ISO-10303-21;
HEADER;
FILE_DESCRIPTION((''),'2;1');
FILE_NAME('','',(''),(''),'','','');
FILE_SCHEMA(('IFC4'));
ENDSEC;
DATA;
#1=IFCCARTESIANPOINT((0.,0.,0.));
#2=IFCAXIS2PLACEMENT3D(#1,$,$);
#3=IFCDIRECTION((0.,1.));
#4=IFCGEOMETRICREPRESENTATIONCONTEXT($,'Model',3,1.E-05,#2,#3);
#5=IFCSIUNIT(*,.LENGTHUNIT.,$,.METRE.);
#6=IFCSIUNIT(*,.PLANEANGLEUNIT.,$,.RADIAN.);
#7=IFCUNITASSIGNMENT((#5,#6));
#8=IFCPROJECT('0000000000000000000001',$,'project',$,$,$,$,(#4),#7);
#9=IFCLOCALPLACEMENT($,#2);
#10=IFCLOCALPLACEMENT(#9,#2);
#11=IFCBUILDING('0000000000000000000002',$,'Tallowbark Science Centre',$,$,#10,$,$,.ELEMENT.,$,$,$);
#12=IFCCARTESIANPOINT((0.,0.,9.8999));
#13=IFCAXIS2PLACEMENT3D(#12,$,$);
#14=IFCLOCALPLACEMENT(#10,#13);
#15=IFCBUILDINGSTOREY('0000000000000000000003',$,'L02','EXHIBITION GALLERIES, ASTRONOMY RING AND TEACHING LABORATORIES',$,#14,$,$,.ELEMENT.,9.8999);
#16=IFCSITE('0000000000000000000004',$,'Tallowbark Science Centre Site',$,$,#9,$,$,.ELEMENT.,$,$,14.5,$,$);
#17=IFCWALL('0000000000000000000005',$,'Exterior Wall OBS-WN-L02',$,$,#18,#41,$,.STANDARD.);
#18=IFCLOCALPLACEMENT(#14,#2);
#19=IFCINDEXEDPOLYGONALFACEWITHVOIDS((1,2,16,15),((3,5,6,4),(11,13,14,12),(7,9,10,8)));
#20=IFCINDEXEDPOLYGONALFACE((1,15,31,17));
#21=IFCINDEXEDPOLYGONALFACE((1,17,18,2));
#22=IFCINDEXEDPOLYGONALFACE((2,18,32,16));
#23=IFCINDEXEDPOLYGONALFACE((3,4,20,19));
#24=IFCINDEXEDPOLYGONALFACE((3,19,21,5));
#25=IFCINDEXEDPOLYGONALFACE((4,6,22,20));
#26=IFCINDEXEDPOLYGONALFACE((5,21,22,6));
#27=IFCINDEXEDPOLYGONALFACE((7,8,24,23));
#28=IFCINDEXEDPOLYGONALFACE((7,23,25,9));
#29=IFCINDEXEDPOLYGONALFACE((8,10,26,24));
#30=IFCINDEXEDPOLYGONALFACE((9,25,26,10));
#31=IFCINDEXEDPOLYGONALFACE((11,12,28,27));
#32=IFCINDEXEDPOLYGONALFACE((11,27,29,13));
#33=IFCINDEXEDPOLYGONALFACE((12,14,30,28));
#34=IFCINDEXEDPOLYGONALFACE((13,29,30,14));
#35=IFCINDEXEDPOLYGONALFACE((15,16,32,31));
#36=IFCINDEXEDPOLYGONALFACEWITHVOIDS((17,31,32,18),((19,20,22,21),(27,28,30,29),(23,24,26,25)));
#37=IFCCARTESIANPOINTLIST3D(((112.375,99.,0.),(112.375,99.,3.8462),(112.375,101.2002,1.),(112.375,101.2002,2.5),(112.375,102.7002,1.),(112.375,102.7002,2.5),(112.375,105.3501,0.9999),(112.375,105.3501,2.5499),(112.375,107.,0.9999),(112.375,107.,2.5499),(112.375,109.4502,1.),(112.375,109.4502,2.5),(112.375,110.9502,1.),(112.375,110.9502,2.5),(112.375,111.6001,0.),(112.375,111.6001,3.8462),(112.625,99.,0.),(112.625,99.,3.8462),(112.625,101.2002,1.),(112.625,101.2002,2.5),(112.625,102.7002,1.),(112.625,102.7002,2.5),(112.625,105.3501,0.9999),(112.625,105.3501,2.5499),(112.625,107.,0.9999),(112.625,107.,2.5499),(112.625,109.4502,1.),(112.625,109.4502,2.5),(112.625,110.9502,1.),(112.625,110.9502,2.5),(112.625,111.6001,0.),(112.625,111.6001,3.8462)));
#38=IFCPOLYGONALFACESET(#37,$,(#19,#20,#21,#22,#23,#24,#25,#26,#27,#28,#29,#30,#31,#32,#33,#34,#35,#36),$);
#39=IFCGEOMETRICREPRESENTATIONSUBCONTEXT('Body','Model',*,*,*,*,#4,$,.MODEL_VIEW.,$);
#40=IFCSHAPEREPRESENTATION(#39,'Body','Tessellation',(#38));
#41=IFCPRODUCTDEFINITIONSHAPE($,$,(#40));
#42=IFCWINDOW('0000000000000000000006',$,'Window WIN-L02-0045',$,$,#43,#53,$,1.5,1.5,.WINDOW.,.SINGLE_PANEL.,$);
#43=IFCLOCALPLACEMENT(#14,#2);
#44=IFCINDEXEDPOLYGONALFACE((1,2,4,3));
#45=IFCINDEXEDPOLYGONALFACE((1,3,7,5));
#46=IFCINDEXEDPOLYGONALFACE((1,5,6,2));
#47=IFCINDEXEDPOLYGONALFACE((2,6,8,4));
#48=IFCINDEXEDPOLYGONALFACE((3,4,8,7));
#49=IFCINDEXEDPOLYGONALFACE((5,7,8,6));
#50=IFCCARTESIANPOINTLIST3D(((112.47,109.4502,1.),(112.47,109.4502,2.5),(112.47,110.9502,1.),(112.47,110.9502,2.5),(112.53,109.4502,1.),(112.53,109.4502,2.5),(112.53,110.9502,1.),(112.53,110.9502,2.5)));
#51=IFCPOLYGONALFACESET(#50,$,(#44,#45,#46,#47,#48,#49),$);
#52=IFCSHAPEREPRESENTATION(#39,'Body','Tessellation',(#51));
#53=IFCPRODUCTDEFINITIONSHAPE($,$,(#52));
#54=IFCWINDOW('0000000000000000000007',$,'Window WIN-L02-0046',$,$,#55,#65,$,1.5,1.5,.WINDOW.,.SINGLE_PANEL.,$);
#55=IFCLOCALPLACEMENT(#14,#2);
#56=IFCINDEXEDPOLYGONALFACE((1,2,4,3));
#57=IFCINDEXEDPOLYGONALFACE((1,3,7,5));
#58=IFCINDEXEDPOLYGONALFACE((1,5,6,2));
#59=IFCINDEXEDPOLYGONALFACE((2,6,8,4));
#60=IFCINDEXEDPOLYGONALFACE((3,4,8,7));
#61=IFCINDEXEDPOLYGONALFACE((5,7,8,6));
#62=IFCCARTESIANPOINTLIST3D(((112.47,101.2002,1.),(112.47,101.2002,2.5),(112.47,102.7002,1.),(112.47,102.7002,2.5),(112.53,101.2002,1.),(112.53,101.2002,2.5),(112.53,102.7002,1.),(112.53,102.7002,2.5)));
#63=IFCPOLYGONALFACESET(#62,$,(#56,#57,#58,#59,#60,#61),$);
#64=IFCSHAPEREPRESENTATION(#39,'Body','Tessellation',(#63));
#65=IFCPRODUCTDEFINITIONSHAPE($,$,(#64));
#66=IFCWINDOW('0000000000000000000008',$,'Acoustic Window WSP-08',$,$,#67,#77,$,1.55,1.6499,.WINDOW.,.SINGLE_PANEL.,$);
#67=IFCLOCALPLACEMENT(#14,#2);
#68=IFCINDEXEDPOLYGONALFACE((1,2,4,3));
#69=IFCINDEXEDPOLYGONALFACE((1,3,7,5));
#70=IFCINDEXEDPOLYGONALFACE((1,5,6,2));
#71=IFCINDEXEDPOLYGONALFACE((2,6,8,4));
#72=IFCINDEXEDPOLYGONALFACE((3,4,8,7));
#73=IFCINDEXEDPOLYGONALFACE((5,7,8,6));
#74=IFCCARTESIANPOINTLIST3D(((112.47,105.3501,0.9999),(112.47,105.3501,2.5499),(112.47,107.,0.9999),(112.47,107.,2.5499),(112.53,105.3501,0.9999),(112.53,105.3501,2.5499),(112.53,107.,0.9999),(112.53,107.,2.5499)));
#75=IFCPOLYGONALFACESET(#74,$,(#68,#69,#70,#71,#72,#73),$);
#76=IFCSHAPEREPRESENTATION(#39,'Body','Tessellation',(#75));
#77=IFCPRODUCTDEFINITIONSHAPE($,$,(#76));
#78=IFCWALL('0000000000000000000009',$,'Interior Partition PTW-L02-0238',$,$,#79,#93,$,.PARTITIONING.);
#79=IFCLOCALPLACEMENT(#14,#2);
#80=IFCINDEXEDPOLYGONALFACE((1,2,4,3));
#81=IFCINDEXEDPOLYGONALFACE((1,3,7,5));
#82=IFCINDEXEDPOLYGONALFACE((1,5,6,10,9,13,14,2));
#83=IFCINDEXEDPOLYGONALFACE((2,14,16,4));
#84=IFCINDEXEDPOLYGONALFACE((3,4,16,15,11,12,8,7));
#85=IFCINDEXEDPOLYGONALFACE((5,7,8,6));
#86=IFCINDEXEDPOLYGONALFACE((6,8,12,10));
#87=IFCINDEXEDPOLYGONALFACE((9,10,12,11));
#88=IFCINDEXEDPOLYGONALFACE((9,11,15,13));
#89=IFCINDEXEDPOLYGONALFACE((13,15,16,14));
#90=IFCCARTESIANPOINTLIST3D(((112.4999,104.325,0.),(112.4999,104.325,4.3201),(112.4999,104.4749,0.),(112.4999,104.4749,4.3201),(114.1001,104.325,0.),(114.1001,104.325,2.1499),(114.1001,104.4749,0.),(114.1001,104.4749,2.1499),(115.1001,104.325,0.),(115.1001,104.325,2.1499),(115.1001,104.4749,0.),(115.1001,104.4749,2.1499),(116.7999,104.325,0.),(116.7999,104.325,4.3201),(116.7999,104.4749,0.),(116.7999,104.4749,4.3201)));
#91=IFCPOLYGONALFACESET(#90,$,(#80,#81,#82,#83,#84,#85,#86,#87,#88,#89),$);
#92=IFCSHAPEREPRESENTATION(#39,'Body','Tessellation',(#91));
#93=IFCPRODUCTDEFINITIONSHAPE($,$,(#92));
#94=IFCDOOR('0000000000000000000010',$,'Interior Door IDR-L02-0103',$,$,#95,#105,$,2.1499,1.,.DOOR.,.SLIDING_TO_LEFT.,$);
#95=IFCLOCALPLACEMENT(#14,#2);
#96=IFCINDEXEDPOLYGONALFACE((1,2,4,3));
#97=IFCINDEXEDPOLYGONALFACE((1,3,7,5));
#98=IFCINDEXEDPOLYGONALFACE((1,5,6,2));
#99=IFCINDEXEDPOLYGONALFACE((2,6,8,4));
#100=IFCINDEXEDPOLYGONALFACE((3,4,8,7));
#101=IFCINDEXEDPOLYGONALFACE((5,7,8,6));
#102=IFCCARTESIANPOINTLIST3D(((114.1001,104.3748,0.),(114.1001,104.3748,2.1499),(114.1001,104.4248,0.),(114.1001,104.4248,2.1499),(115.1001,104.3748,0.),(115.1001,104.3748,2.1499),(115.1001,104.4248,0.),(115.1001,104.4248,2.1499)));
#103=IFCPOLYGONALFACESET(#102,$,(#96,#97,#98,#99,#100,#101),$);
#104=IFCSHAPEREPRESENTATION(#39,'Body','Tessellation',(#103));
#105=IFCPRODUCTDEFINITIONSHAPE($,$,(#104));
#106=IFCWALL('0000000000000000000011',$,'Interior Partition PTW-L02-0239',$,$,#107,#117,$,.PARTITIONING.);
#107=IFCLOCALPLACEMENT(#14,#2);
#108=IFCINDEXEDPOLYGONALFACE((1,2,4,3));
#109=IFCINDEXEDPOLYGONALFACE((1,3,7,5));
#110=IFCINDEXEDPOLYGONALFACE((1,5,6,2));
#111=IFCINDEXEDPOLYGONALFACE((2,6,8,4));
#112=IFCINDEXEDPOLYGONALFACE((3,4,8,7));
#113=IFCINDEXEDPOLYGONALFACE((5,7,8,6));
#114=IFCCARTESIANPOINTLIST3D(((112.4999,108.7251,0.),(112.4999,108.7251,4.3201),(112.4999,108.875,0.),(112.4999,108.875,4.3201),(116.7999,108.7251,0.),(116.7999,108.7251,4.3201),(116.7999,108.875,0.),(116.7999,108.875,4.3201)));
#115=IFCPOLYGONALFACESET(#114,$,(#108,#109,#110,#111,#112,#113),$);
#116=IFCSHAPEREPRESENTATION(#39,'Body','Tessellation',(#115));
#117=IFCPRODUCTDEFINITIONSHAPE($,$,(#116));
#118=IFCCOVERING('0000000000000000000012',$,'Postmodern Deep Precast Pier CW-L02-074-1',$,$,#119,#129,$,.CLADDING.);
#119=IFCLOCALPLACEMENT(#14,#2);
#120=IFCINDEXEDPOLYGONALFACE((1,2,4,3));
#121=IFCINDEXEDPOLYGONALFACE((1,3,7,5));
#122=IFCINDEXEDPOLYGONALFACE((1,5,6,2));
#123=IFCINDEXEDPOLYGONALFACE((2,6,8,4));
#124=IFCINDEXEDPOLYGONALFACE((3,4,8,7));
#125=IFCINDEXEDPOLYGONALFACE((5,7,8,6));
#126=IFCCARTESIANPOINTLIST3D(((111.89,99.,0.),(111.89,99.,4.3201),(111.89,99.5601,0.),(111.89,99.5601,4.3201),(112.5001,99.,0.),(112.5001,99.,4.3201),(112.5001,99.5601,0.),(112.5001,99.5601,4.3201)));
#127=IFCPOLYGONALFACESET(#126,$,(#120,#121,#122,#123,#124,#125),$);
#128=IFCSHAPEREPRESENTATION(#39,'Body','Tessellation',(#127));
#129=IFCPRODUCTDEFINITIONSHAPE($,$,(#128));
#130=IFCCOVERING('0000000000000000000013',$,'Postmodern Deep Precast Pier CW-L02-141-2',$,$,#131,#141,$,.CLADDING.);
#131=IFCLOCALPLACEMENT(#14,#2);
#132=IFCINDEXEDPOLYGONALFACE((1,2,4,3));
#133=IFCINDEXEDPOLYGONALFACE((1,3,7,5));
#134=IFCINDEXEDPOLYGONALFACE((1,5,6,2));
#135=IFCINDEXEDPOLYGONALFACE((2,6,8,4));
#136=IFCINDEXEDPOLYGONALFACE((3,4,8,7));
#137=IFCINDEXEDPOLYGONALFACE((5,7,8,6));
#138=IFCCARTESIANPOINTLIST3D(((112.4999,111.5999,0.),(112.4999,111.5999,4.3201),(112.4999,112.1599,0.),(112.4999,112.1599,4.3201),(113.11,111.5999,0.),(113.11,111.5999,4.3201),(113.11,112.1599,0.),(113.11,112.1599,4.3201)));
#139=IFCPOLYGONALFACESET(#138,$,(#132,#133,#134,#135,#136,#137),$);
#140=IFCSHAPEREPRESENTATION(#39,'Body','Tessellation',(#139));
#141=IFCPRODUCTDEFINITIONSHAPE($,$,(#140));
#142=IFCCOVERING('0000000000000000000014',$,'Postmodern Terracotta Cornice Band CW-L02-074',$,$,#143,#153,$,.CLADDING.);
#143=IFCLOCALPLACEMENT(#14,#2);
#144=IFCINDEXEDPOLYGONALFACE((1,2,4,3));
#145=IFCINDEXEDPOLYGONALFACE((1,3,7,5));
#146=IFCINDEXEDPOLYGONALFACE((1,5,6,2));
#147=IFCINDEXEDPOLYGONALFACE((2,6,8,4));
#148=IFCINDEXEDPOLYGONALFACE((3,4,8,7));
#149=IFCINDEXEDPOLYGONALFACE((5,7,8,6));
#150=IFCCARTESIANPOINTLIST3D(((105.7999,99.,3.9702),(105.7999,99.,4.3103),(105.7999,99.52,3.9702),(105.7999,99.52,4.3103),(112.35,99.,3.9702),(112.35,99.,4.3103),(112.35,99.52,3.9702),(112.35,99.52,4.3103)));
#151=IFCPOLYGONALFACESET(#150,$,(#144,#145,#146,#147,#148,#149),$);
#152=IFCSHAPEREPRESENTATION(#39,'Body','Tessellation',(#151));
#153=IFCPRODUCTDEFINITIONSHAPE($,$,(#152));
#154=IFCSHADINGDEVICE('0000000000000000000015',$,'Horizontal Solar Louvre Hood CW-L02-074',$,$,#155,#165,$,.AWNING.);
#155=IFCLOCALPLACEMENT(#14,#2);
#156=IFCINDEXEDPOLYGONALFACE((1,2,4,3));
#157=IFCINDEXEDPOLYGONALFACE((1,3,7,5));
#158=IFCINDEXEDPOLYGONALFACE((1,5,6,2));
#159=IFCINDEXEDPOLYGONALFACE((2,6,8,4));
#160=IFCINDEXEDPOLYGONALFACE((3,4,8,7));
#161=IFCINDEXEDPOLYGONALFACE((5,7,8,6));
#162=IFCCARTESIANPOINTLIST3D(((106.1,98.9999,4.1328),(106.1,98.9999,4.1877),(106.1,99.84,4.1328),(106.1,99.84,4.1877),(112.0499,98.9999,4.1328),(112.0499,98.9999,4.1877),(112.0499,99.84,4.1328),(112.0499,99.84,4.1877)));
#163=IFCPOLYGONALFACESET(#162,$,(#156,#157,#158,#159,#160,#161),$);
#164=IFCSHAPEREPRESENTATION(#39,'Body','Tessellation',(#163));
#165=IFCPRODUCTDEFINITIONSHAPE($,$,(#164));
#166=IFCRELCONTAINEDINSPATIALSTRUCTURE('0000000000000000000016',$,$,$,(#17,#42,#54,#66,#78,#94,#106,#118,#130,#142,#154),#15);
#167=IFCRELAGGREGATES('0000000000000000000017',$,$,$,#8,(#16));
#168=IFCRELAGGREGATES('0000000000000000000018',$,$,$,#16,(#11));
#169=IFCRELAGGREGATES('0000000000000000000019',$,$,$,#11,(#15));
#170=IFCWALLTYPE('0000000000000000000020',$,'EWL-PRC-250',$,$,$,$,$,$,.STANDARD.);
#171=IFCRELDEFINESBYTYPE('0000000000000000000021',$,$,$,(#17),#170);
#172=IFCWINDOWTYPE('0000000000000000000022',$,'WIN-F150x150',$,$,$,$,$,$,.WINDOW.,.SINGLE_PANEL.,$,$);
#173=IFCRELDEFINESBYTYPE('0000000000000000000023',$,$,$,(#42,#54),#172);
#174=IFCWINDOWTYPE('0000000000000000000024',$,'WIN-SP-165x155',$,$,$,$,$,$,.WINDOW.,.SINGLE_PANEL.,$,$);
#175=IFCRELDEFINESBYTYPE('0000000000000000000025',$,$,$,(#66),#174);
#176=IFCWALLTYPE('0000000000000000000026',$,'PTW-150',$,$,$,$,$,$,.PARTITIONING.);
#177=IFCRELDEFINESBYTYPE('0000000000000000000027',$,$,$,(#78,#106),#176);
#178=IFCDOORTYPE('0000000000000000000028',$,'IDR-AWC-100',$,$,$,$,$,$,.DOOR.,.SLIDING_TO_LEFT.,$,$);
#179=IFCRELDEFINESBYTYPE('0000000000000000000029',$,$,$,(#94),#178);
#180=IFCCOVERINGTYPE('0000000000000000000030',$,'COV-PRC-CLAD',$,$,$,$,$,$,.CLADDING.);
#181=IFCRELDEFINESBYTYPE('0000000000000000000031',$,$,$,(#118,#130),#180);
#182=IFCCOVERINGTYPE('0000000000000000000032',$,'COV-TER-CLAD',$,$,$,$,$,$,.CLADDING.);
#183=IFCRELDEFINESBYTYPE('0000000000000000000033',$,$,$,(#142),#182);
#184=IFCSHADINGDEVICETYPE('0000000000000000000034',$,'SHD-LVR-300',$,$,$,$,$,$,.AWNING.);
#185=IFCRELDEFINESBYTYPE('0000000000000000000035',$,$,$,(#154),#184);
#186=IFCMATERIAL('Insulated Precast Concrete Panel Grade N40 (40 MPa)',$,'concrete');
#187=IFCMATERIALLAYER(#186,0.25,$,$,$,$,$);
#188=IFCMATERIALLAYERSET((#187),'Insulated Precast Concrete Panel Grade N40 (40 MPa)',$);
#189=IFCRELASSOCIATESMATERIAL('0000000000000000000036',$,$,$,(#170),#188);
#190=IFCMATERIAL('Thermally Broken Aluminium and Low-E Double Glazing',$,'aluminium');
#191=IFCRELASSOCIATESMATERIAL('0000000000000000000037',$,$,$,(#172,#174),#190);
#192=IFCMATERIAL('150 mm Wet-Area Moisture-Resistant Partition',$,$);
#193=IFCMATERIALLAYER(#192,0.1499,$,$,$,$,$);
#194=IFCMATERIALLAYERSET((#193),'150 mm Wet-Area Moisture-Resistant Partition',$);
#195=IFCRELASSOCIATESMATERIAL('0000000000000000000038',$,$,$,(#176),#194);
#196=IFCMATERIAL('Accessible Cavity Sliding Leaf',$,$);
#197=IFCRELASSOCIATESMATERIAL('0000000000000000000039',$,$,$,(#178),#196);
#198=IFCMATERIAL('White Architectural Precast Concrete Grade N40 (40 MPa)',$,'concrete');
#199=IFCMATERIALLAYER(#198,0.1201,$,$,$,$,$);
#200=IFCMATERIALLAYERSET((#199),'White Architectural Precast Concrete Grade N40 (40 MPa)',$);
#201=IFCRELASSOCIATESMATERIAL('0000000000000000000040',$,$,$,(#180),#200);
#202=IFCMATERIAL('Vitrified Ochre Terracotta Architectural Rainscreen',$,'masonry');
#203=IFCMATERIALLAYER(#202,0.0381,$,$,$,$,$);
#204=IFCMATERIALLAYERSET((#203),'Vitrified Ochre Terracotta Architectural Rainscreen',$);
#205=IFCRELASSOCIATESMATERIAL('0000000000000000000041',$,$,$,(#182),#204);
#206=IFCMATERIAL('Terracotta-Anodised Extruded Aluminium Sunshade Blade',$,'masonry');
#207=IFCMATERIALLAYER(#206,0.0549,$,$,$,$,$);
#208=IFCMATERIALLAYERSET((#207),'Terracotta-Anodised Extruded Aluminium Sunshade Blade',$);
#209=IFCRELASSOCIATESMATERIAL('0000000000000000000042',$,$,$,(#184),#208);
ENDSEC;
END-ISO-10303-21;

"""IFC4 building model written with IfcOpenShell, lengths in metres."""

from ifc_helpers import new_model, si_unit, direction, frame, frame_2d, origin, origin_2d, place, context, subcontext, project, spatial, rectangle, extrude, material, layer, layer_set, type_object, element, fill, save


model = new_model("IFC4")

# Units and contexts
model_context = context("Model", 3, precision=1e-05, world=origin(), true_north=direction((0.0, 1.0)))
body_context = subcontext(model_context, "Body", "Model", "MODEL_VIEW")
ifc_project = project(units=[si_unit("LENGTHUNIT", "METRE"), si_unit("PLANEANGLEUNIT", "RADIAN")], contexts=[model_context])

# Site, building, storey
site_placement = place(None, origin())
site = spatial("IfcSite", under=ifc_project, at=site_placement, Name="Tallowbark Science Centre Site", CompositionType="ELEMENT", RefElevation=14.5)
building_placement = place(site_placement, origin())
building = spatial("IfcBuilding", under=site, at=building_placement, Name="Tallowbark Science Centre", CompositionType="ELEMENT")
storey_placement = place(building_placement, frame((0.0, 0.0, 9.8999)))
storey = spatial("IfcBuildingStorey", under=building, at=storey_placement, Name="L02", Description="EXHIBITION GALLERIES, ASTRONOMY RING AND TEACHING LABORATORIES", CompositionType="ELEMENT", Elevation=9.8999)

# Wall, openings, windows
ifc_material_1 = material(Name="Insulated Precast Concrete Panel Grade N40 (40 MPa)", Category="concrete")
ifc_layer_1 = layer(ifc_material_1, 0.25)
ifc_layer_set_1 = layer_set([ifc_layer_1], Name="Insulated Precast Concrete Panel Grade N40 (40 MPa)")
wall_type_1 = type_object("IfcWallType", Name="EWL-PRC-250", PredefinedType="STANDARD", material=ifc_layer_set_1)
wall_1_placement = place(storey_placement, frame((112.5, 111.6001, 0.0), z_axis=(0.0, 0.0, 1.0), x_axis=(0.0, -1.0, 0.0)))
wall_1 = element("IfcWall", 1, at=wall_1_placement, inside=storey, type_object=wall_type_1, Name="Exterior Wall OBS-WN-L02", PredefinedType="STANDARD", context=body_context, shape_type="SweptSolid", body=[
    extrude(rectangle(XDim=12.6001, YDim=0.25, at=frame_2d((6.3, 0.0))), origin(), (0.0, 0.0, 1.0), 3.8462),
])
opening_1_placement = place(wall_1_placement, frame((0.6499, 0.0, 1.0)))
opening_1 = element("IfcOpeningElement", 2, at=opening_1_placement, cuts=wall_1, PredefinedType="OPENING", context=body_context, shape_type="SweptSolid", body=[
    extrude(rectangle(XDim=1.5, YDim=1.5, at=frame_2d((0.75, 0.75))), frame((0.0, 0.135, 0.0), z_axis=(0.0, -1.0, 0.0), x_axis=(1.0, 0.0, 0.0)), (0.0, 0.0, 1.0), 0.27),
])
opening_2_placement = place(wall_1_placement, frame((8.8999, 0.0, 1.0)))
opening_2 = element("IfcOpeningElement", 3, at=opening_2_placement, cuts=wall_1, PredefinedType="OPENING", context=body_context, shape_type="SweptSolid", body=[
    extrude(rectangle(XDim=1.5, YDim=1.5, at=frame_2d((0.75, 0.75))), frame((0.0, 0.135, 0.0), z_axis=(0.0, -1.0, 0.0), x_axis=(1.0, 0.0, 0.0)), (0.0, 0.0, 1.0), 0.27),
])
opening_3_placement = place(wall_1_placement, frame((4.6001, 0.0, 1.0)))
opening_3 = element("IfcOpeningElement", 4, at=opening_3_placement, cuts=wall_1, PredefinedType="OPENING", context=body_context, shape_type="SweptSolid", body=[
    extrude(rectangle(XDim=1.6499, YDim=1.55, at=frame_2d((0.825, 0.7749))), frame((0.0, 0.135, 0.0), z_axis=(0.0, -1.0, 0.0), x_axis=(1.0, 0.0, 0.0)), (0.0, 0.0, 1.0), 0.27),
])
ifc_material_2 = material(Name="Thermally Broken Aluminium and Low-E Double Glazing", Category="aluminium")
window_type_1 = type_object("IfcWindowType", Name="WIN-F150x150", PartitioningType="SINGLE_PANEL", PredefinedType="WINDOW", material=ifc_material_2)
window_1_placement = place(opening_1_placement, origin())
window_1 = element("IfcWindow", 5, at=window_1_placement, inside=storey, type_object=window_type_1, Name="Window WIN-L02-0045", OverallHeight=1.5, OverallWidth=1.5, PartitioningType="SINGLE_PANEL", PredefinedType="WINDOW", context=body_context, shape_type="SweptSolid", body=[
    extrude(rectangle(XDim=1.5, YDim=1.5, at=frame_2d((0.75, 0.75))), frame((0.0, 0.03, 0.0), z_axis=(0.0, -1.0, 0.0), x_axis=(1.0, 0.0, 0.0)), (0.0, 0.0, 1.0), 0.0601),
])
fill(opening_1, window_1)
window_2_placement = place(opening_2_placement, origin())
window_2 = element("IfcWindow", 6, at=window_2_placement, inside=storey, type_object=window_type_1, Name="Window WIN-L02-0046", OverallHeight=1.5, OverallWidth=1.5, PartitioningType="SINGLE_PANEL", PredefinedType="WINDOW", context=body_context, shape_type="SweptSolid", body=[
    extrude(rectangle(XDim=1.5, YDim=1.5, at=frame_2d((0.75, 0.75))), frame((0.0, 0.03, 0.0), z_axis=(0.0, -1.0, 0.0), x_axis=(1.0, 0.0, 0.0)), (0.0, 0.0, 1.0), 0.0601),
])
fill(opening_2, window_2)
window_type_2 = type_object("IfcWindowType", Name="WIN-SP-165x155", PartitioningType="SINGLE_PANEL", PredefinedType="WINDOW", material=ifc_material_2)
window_3_placement = place(opening_3_placement, origin())
window_3 = element("IfcWindow", 7, at=window_3_placement, inside=storey, type_object=window_type_2, Name="Acoustic Window WSP-08", OverallHeight=1.55, OverallWidth=1.6499, PartitioningType="SINGLE_PANEL", PredefinedType="WINDOW", context=body_context, shape_type="SweptSolid", body=[
    extrude(rectangle(XDim=1.6499, YDim=1.55, at=frame_2d((0.825, 0.7749))), frame((0.0, 0.03, 0.0), z_axis=(0.0, -1.0, 0.0), x_axis=(1.0, 0.0, 0.0)), (0.0, 0.0, 1.0), 0.0601),
])
fill(opening_3, window_3)

# Wall, opening, door
ifc_material_3 = material(Name="150 mm Wet-Area Moisture-Resistant Partition")
ifc_layer_2 = layer(ifc_material_3, 0.1499)
ifc_layer_set_2 = layer_set([ifc_layer_2], Name="150 mm Wet-Area Moisture-Resistant Partition")
wall_type_2 = type_object("IfcWallType", Name="PTW-150", PredefinedType="PARTITIONING", material=ifc_layer_set_2)
wall_2_placement = place(storey_placement, frame((112.5, 104.3999, 0.0), z_axis=(0.0, 0.0, 1.0), x_axis=(1.0, 0.0, 0.0)))
wall_2 = element("IfcWall", 8, at=wall_2_placement, inside=storey, type_object=wall_type_2, Name="Interior Partition PTW-L02-0238", PredefinedType="PARTITIONING", context=body_context, shape_type="SweptSolid", body=[
    extrude(rectangle(XDim=4.3, YDim=0.1499, at=frame_2d((2.1499, 0.0))), origin(), (0.0, 0.0, 1.0), 4.3201),
])
opening_4_placement = place(wall_2_placement, frame((1.6001, 0.0, 0.0)))
opening_4 = element("IfcOpeningElement", 9, at=opening_4_placement, cuts=wall_2, PredefinedType="OPENING", context=body_context, shape_type="SweptSolid", body=[
    extrude(rectangle(XDim=1.0, YDim=2.1499, at=frame_2d((0.5, 1.075))), frame((0.0, 0.085, 0.0), z_axis=(0.0, -1.0, 0.0), x_axis=(1.0, 0.0, 0.0)), (0.0, 0.0, 1.0), 0.1699),
])
ifc_material_4 = material(Name="Accessible Cavity Sliding Leaf")
door_type = type_object("IfcDoorType", Name="IDR-AWC-100", OperationType="SLIDING_TO_LEFT", PredefinedType="DOOR", material=ifc_material_4)
door_placement = place(opening_4_placement, origin())
door = element("IfcDoor", 10, at=door_placement, inside=storey, type_object=door_type, Name="Interior Door IDR-L02-0103", OperationType="SLIDING_TO_LEFT", OverallHeight=2.1499, OverallWidth=1.0, PredefinedType="DOOR", context=body_context, shape_type="SweptSolid", body=[
    extrude(rectangle(XDim=1.0, YDim=2.1499, at=frame_2d((0.5, 1.075))), frame((0.0, 0.0249, 0.0), z_axis=(0.0, -1.0, 0.0), x_axis=(1.0, 0.0, 0.0)), (0.0, 0.0, 1.0), 0.05),
])
fill(opening_4, door)

# Wall
wall_3_placement = place(storey_placement, frame((112.5, 108.8, 0.0), z_axis=(0.0, 0.0, 1.0), x_axis=(1.0, 0.0, 0.0)))
element("IfcWall", 11, at=wall_3_placement, inside=storey, type_object=wall_type_2, Name="Interior Partition PTW-L02-0239", PredefinedType="PARTITIONING", context=body_context, shape_type="SweptSolid", body=[
    extrude(rectangle(XDim=4.3, YDim=0.1499, at=frame_2d((2.1499, 0.0))), origin(), (0.0, 0.0, 1.0), 4.3201),
])

# Coverings
ifc_material_5 = material(Name="White Architectural Precast Concrete Grade N40 (40 MPa)", Category="concrete")
ifc_layer_3 = layer(ifc_material_5, 0.1201)
ifc_layer_set_3 = layer_set([ifc_layer_3], Name="White Architectural Precast Concrete Grade N40 (40 MPa)")
covering_type_1 = type_object("IfcCoveringType", Name="COV-PRC-CLAD", PredefinedType="CLADDING", material=ifc_layer_set_3)
for number, where, z_axis, x_axis, name in (
    (12, (112.1951, 99.28, 0.0), (0.0, 0.0, 1.0), (-1.0, 0.0, 0.0), "Postmodern Deep Precast Pier CW-L02-074-1"),
    (13, (112.8049, 111.8799, 0.0), (0.0, 0.0, 1.0), (-1.0, 0.0, 0.0), "Postmodern Deep Precast Pier CW-L02-141-2"),
):
    element("IfcCovering", number, at=place(storey_placement, frame(where, z_axis=z_axis, x_axis=x_axis)), inside=storey, type_object=covering_type_1, Name=name, PredefinedType="CLADDING", context=body_context, shape_type="SweptSolid", body=[
        extrude(rectangle(XDim=0.6101, YDim=0.5601, at=origin_2d()), origin(), (0.0, 0.0, 1.0), 4.3201),
    ])
ifc_material_6 = material(Name="Vitrified Ochre Terracotta Architectural Rainscreen", Category="masonry")
ifc_layer_4 = layer(ifc_material_6, 0.0381)
ifc_layer_set_4 = layer_set([ifc_layer_4], Name="Vitrified Ochre Terracotta Architectural Rainscreen")
covering_type_2 = type_object("IfcCoveringType", Name="COV-TER-CLAD", PredefinedType="CLADDING", material=ifc_layer_set_4)
covering_placement = place(storey_placement, frame((109.075, 99.26, 3.9702), z_axis=(0.0, 0.0, 1.0), x_axis=(-1.0, 0.0, 0.0)))
element("IfcCovering", 14, at=covering_placement, inside=storey, type_object=covering_type_2, Name="Postmodern Terracotta Cornice Band CW-L02-074", PredefinedType="CLADDING", context=body_context, shape_type="SweptSolid", body=[
    extrude(rectangle(XDim=6.55, YDim=0.52, at=origin_2d()), origin(), (0.0, 0.0, 1.0), 0.3401),
])

# Shading device
ifc_material_7 = material(Name="Terracotta-Anodised Extruded Aluminium Sunshade Blade", Category="masonry")
ifc_layer_5 = layer(ifc_material_7, 0.0549)
ifc_layer_set_5 = layer_set([ifc_layer_5], Name="Terracotta-Anodised Extruded Aluminium Sunshade Blade")
shading_device_type = type_object("IfcShadingDeviceType", Name="SHD-LVR-300", PredefinedType="AWNING", material=ifc_layer_set_5)
shading_device_placement = place(storey_placement, frame((109.075, 99.4199, 4.1328), z_axis=(0.0, 0.0, 1.0), x_axis=(-1.0, 0.0, 0.0)))
element("IfcShadingDevice", 15, at=shading_device_placement, inside=storey, type_object=shading_device_type, Name="Horizontal Solar Louvre Hood CW-L02-074", PredefinedType="AWNING", context=body_context, shape_type="SweptSolid", body=[
    extrude(rectangle(XDim=5.95, YDim=0.8401, at=origin_2d()), origin(), (0.0, 0.0, 1.0), 0.0549),
])

save(model, "model.ifc")
